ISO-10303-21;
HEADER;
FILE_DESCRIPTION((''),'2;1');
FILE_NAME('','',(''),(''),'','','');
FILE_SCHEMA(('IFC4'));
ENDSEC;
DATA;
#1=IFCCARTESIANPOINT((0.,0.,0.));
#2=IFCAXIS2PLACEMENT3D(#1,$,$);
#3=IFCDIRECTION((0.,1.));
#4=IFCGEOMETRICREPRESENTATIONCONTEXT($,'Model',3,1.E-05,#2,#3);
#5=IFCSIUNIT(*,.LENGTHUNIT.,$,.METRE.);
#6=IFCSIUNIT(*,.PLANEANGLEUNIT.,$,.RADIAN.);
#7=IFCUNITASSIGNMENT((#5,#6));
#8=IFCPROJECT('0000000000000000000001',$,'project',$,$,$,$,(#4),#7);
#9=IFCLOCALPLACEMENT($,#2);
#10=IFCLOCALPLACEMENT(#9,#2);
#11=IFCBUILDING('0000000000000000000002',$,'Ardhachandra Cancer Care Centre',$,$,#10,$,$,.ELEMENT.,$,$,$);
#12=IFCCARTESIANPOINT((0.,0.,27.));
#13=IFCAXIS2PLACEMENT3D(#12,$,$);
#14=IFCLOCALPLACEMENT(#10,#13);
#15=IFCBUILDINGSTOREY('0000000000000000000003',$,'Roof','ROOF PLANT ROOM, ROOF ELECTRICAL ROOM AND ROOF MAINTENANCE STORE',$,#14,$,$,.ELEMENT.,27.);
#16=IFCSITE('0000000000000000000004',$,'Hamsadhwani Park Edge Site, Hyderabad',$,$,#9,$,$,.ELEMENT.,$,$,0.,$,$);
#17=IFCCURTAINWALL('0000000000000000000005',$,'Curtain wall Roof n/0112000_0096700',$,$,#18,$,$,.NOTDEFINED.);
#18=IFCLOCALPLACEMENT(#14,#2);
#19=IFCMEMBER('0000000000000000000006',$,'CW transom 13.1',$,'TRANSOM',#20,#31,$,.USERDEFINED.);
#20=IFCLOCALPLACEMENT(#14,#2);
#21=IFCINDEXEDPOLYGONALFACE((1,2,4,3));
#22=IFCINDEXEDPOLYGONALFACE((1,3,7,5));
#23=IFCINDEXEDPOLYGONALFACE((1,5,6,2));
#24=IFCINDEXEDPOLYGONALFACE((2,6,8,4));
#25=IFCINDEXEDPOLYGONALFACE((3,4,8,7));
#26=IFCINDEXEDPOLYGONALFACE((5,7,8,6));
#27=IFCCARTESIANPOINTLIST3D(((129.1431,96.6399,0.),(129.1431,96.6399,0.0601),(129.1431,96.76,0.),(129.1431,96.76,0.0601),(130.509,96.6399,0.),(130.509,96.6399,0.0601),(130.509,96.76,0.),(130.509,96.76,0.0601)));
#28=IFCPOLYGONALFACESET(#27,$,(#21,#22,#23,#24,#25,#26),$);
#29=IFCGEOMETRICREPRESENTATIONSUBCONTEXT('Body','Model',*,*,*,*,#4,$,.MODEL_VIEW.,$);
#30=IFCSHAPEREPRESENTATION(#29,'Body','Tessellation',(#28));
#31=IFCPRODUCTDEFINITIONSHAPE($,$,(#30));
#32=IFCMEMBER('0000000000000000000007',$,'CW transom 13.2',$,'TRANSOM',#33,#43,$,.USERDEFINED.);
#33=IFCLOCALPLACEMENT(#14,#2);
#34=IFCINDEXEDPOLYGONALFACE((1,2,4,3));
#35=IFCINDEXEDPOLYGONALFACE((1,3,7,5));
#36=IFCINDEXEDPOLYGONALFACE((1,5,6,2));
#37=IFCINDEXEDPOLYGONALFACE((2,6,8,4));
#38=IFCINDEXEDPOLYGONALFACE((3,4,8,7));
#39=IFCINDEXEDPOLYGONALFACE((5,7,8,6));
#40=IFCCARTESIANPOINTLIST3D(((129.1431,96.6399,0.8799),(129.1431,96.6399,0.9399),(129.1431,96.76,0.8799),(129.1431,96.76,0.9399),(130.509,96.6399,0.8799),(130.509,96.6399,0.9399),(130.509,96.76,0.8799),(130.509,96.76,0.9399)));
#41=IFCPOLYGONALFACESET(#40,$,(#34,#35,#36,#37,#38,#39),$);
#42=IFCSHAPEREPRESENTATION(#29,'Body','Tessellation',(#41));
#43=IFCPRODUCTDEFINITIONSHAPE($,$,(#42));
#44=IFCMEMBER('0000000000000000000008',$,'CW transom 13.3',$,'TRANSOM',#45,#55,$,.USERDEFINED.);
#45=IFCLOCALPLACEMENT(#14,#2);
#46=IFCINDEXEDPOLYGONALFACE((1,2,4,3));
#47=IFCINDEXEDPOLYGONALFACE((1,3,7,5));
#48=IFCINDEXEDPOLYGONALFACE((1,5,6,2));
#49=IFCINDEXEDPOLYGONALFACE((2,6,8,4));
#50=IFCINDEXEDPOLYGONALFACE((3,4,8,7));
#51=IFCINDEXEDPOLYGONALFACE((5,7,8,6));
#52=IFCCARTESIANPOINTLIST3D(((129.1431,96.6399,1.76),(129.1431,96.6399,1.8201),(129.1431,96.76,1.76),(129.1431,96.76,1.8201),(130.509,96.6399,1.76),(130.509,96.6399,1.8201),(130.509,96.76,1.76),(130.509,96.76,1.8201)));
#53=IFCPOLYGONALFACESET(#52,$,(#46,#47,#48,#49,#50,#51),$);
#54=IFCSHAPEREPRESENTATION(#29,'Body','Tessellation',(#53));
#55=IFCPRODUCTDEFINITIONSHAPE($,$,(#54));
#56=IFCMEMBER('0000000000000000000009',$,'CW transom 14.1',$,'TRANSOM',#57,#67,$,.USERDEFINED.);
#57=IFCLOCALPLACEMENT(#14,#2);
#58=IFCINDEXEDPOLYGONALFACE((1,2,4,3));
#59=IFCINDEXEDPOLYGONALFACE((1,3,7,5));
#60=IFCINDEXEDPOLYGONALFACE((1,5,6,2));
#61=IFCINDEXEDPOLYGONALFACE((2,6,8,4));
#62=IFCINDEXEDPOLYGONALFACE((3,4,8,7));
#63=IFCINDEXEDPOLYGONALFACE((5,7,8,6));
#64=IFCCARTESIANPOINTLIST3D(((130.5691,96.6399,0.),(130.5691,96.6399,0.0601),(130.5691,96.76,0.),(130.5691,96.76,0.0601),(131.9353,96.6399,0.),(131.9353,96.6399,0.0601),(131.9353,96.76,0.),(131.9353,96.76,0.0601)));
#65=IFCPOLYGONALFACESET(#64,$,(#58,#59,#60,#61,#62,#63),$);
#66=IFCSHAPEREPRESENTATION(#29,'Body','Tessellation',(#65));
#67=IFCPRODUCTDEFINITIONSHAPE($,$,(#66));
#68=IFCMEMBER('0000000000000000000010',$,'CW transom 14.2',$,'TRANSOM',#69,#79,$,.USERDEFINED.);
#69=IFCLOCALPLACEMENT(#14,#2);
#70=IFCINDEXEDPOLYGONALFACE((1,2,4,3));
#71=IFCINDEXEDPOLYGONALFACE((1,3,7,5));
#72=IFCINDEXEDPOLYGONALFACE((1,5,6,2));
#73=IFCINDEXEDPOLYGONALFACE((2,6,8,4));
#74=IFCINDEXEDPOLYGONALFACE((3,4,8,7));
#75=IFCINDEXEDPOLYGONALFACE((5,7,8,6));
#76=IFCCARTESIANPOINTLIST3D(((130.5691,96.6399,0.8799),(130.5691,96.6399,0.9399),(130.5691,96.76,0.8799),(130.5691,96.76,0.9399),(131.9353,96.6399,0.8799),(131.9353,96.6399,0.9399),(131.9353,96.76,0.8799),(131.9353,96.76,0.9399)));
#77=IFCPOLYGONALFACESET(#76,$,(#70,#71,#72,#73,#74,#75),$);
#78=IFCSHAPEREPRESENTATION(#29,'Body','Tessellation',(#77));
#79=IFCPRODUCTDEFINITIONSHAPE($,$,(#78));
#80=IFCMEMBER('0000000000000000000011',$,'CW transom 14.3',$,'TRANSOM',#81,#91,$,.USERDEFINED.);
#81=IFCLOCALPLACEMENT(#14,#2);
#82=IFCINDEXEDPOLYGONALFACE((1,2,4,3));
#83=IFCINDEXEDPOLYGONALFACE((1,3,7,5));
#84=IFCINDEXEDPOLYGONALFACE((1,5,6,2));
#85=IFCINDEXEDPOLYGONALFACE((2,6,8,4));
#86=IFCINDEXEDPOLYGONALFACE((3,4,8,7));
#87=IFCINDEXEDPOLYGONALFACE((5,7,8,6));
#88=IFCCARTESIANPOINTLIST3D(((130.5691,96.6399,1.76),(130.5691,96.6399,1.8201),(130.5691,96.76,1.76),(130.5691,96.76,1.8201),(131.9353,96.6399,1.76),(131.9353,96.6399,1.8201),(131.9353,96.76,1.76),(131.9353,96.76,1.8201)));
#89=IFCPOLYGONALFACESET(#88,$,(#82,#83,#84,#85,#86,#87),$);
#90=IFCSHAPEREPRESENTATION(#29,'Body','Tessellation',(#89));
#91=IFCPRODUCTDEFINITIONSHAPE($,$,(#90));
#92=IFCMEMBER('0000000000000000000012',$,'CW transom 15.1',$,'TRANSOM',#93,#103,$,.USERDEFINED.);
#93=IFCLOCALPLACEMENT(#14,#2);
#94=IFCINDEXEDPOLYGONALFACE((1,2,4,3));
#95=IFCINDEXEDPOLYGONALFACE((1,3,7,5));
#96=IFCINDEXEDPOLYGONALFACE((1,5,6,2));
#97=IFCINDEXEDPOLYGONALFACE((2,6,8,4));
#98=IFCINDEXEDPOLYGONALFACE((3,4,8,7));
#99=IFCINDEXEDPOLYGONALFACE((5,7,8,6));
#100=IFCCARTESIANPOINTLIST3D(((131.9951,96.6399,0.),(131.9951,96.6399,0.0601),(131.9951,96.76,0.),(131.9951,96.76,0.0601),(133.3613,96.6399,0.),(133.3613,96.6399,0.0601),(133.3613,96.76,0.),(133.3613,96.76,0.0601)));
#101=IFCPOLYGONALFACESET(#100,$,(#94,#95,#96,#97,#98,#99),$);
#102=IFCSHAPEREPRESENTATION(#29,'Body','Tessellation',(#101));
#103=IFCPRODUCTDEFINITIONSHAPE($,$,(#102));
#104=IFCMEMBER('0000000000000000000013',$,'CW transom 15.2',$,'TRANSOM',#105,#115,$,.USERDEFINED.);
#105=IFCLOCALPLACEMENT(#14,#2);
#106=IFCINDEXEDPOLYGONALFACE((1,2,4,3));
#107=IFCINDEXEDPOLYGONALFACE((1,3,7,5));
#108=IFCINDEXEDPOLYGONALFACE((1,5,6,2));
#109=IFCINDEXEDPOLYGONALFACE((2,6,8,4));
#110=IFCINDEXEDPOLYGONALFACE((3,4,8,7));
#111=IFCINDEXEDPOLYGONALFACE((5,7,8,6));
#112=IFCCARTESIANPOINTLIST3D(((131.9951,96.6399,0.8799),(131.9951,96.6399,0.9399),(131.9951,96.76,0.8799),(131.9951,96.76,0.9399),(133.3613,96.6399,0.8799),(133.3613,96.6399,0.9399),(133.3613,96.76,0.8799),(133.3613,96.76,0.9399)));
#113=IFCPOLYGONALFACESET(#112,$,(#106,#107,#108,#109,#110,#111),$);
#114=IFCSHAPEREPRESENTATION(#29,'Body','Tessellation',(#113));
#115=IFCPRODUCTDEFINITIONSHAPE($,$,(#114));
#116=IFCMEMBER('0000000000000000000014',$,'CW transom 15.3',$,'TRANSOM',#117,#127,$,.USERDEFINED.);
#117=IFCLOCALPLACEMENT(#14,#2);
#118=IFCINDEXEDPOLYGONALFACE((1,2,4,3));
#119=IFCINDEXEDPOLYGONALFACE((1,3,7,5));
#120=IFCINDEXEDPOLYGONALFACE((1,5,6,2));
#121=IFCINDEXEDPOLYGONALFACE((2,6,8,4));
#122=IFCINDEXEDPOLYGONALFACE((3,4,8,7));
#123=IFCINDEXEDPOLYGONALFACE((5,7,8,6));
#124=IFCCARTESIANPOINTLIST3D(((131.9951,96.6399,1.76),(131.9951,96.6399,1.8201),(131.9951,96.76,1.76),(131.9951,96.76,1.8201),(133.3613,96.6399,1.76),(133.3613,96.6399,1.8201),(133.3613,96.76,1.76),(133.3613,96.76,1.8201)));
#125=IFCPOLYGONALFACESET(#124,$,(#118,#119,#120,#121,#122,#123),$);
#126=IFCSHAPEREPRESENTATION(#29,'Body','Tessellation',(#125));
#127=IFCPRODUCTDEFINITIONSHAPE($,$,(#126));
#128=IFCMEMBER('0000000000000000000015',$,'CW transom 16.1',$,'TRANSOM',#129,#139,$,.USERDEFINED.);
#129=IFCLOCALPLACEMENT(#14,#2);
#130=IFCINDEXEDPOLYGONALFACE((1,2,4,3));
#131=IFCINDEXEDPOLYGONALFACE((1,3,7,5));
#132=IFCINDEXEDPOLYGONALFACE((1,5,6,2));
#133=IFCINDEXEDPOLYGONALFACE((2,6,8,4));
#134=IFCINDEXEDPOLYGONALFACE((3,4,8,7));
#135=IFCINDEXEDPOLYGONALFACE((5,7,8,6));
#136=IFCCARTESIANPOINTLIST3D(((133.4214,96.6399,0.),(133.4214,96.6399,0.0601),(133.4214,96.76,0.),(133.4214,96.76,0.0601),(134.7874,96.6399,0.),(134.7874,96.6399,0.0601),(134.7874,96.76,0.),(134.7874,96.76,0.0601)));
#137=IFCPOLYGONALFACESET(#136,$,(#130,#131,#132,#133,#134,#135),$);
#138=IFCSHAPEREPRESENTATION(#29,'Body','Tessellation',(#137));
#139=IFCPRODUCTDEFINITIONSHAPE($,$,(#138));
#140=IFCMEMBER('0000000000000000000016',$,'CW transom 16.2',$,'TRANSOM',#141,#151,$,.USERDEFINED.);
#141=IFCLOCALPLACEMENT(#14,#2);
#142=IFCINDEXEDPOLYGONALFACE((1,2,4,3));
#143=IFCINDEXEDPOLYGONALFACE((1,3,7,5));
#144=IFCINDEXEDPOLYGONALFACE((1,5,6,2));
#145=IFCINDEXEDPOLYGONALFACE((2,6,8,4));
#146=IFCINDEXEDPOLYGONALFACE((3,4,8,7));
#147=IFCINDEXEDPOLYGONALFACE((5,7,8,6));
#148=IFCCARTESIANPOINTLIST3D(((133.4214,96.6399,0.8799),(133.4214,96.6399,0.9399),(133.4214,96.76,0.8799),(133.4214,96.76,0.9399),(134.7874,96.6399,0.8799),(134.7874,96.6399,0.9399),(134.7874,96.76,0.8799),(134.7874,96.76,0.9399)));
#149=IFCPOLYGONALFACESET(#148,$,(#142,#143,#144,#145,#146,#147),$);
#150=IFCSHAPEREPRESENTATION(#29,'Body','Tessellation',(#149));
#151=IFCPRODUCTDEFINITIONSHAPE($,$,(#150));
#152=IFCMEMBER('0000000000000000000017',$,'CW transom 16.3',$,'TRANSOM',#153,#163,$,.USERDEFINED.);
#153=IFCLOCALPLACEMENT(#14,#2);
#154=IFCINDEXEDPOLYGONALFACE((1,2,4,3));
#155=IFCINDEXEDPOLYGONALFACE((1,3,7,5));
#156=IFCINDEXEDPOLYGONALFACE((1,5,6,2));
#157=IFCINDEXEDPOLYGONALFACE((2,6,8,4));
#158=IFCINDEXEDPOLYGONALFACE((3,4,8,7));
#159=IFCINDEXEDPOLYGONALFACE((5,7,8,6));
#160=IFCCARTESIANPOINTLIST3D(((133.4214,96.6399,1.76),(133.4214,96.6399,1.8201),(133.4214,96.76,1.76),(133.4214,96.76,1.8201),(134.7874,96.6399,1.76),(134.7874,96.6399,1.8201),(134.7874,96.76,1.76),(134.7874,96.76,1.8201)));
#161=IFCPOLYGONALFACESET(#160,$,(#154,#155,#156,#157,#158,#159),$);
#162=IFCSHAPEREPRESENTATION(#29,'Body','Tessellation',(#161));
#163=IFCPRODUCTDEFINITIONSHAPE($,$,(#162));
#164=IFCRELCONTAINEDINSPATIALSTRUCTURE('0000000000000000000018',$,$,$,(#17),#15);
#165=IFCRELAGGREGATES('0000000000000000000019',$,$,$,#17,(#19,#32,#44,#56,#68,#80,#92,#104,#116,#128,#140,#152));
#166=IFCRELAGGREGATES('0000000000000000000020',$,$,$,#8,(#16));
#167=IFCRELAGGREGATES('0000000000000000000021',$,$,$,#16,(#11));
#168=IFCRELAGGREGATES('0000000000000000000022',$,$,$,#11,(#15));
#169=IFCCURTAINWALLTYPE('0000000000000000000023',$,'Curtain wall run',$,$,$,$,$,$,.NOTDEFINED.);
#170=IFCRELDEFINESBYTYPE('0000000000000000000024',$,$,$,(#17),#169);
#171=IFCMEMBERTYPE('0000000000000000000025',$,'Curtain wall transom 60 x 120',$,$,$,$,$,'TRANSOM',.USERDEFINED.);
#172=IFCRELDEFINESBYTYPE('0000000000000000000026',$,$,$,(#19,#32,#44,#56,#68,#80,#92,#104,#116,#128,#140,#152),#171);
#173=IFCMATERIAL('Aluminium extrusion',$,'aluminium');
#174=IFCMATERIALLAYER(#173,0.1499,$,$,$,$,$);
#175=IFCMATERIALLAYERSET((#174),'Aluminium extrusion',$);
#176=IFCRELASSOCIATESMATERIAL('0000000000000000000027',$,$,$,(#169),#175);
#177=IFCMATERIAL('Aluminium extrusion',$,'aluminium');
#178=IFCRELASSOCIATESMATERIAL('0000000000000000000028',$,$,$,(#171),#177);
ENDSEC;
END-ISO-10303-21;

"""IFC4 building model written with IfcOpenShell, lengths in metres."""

from ifc_helpers import new_model, si_unit, direction, frame, origin, origin_2d, place, context, subcontext, project, spatial, rectangle, extrude, material, layer, layer_set, material_profile, profile_set, type_object, element, aggregate, save


model = new_model("IFC4")

# Units and contexts
model_context = context("Model", 3, precision=1e-05, world=origin(), true_north=direction((0.0, 1.0)))
body_context = subcontext(model_context, "Body", "Model", "MODEL_VIEW")
ifc_project = project(units=[si_unit("LENGTHUNIT", "METRE"), si_unit("PLANEANGLEUNIT", "RADIAN")], contexts=[model_context])

# Site, building, storey
site_placement = place(None, origin())
site = spatial("IfcSite", under=ifc_project, at=site_placement, Name="Hamsadhwani Park Edge Site, Hyderabad", CompositionType="ELEMENT", RefElevation=0.0)
building_placement = place(site_placement, origin())
building = spatial("IfcBuilding", under=site, at=building_placement, Name="Ardhachandra Cancer Care Centre", CompositionType="ELEMENT")
storey_placement = place(building_placement, frame((0.0, 0.0, 27.0)))
storey = spatial("IfcBuildingStorey", under=building, at=storey_placement, Name="Roof", Description="ROOF PLANT ROOM, ROOF ELECTRICAL ROOM AND ROOF MAINTENANCE STORE", CompositionType="ELEMENT", Elevation=27.0)

# Curtain wall
ifc_material_1 = material(Name="Aluminium extrusion", Category="aluminium")
ifc_layer_1 = layer(ifc_material_1, 0.1499)
ifc_layer_set_1 = layer_set([ifc_layer_1], Name="Aluminium extrusion")
curtain_wall_type = type_object("IfcCurtainWallType", Name="Curtain wall run", PredefinedType="NOTDEFINED", material=ifc_layer_set_1)
curtain_wall_1_placement = place(storey_placement, origin())
curtain_wall_1 = element("IfcCurtainWall", 1, at=curtain_wall_1_placement, inside=storey, type_object=curtain_wall_type, Name="Curtain wall Roof n/0112000_0096700", PredefinedType="NOTDEFINED")
ifc_material_2 = material(Name="Aluminium extrusion", Category="aluminium")
ifc_material_profile_1 = material_profile(ifc_material_2, rectangle(XDim=0.1201, YDim=0.0601, at=origin_2d()), Name="Curtain wall transom 60 x 120")
ifc_profile_set_1 = profile_set([ifc_material_profile_1], Name="Aluminium extrusion")
member_type_1 = type_object("IfcMemberType", Name="Curtain wall transom 60 x 120", ElementType="TRANSOM", PredefinedType="USERDEFINED", material=ifc_profile_set_1)

# Members
member_1_placement = place(storey_placement, frame((129.1431, 96.7, 0.03), z_axis=(1.0, 0.0, 0.0), x_axis=(0.0, 1.0, 0.0)))
member_1 = element("IfcMember", 2, at=member_1_placement, type_object=member_type_1, Name="CW transom 13.1", ObjectType="TRANSOM", PredefinedType="USERDEFINED", context=body_context, shape_type="SweptSolid", body=[
    extrude(rectangle(XDim=0.1201, YDim=0.0601, at=origin_2d()), origin(), (0.0, 0.0, 1.0), 1.366),
])
member_2_placement = place(storey_placement, frame((129.1431, 96.7, 0.9099), z_axis=(1.0, 0.0, 0.0), x_axis=(0.0, 1.0, 0.0)))
member_2 = element("IfcMember", 3, at=member_2_placement, type_object=member_type_1, Name="CW transom 13.2", ObjectType="TRANSOM", PredefinedType="USERDEFINED", context=body_context, shape_type="SweptSolid", body=[
    extrude(rectangle(XDim=0.1201, YDim=0.0601, at=origin_2d()), origin(), (0.0, 0.0, 1.0), 1.366),
])
member_3_placement = place(storey_placement, frame((129.1431, 96.7, 1.79), z_axis=(1.0, 0.0, 0.0), x_axis=(0.0, 1.0, 0.0)))
member_3 = element("IfcMember", 4, at=member_3_placement, type_object=member_type_1, Name="CW transom 13.3", ObjectType="TRANSOM", PredefinedType="USERDEFINED", context=body_context, shape_type="SweptSolid", body=[
    extrude(rectangle(XDim=0.1201, YDim=0.0601, at=origin_2d()), origin(), (0.0, 0.0, 1.0), 1.366),
])
member_4_placement = place(storey_placement, frame((130.5691, 96.7, 0.03), z_axis=(1.0, 0.0, 0.0), x_axis=(0.0, 1.0, 0.0)))
member_4 = element("IfcMember", 5, at=member_4_placement, type_object=member_type_1, Name="CW transom 14.1", ObjectType="TRANSOM", PredefinedType="USERDEFINED", context=body_context, shape_type="SweptSolid", body=[
    extrude(rectangle(XDim=0.1201, YDim=0.0601, at=origin_2d()), origin(), (0.0, 0.0, 1.0), 1.3662),
])
member_5_placement = place(storey_placement, frame((130.5691, 96.7, 0.9099), z_axis=(1.0, 0.0, 0.0), x_axis=(0.0, 1.0, 0.0)))
member_5 = element("IfcMember", 6, at=member_5_placement, type_object=member_type_1, Name="CW transom 14.2", ObjectType="TRANSOM", PredefinedType="USERDEFINED", context=body_context, shape_type="SweptSolid", body=[
    extrude(rectangle(XDim=0.1201, YDim=0.0601, at=origin_2d()), origin(), (0.0, 0.0, 1.0), 1.3662),
])
member_6_placement = place(storey_placement, frame((130.5691, 96.7, 1.79), z_axis=(1.0, 0.0, 0.0), x_axis=(0.0, 1.0, 0.0)))
member_6 = element("IfcMember", 7, at=member_6_placement, type_object=member_type_1, Name="CW transom 14.3", ObjectType="TRANSOM", PredefinedType="USERDEFINED", context=body_context, shape_type="SweptSolid", body=[
    extrude(rectangle(XDim=0.1201, YDim=0.0601, at=origin_2d()), origin(), (0.0, 0.0, 1.0), 1.3662),
])
member_7_placement = place(storey_placement, frame((131.9951, 96.7, 0.03), z_axis=(1.0, 0.0, 0.0), x_axis=(0.0, 1.0, 0.0)))
member_7 = element("IfcMember", 8, at=member_7_placement, type_object=member_type_1, Name="CW transom 15.1", ObjectType="TRANSOM", PredefinedType="USERDEFINED", context=body_context, shape_type="SweptSolid", body=[
    extrude(rectangle(XDim=0.1201, YDim=0.0601, at=origin_2d()), origin(), (0.0, 0.0, 1.0), 1.3662),
])
member_8_placement = place(storey_placement, frame((131.9951, 96.7, 0.9099), z_axis=(1.0, 0.0, 0.0), x_axis=(0.0, 1.0, 0.0)))
member_8 = element("IfcMember", 9, at=member_8_placement, type_object=member_type_1, Name="CW transom 15.2", ObjectType="TRANSOM", PredefinedType="USERDEFINED", context=body_context, shape_type="SweptSolid", body=[
    extrude(rectangle(XDim=0.1201, YDim=0.0601, at=origin_2d()), origin(), (0.0, 0.0, 1.0), 1.3662),
])
member_9_placement = place(storey_placement, frame((131.9951, 96.7, 1.79), z_axis=(1.0, 0.0, 0.0), x_axis=(0.0, 1.0, 0.0)))
member_9 = element("IfcMember", 10, at=member_9_placement, type_object=member_type_1, Name="CW transom 15.3", ObjectType="TRANSOM", PredefinedType="USERDEFINED", context=body_context, shape_type="SweptSolid", body=[
    extrude(rectangle(XDim=0.1201, YDim=0.0601, at=origin_2d()), origin(), (0.0, 0.0, 1.0), 1.3662),
])
member_10_placement = place(storey_placement, frame((133.4214, 96.7, 0.03), z_axis=(1.0, 0.0, 0.0), x_axis=(0.0, 1.0, 0.0)))
member_10 = element("IfcMember", 11, at=member_10_placement, type_object=member_type_1, Name="CW transom 16.1", ObjectType="TRANSOM", PredefinedType="USERDEFINED", context=body_context, shape_type="SweptSolid", body=[
    extrude(rectangle(XDim=0.1201, YDim=0.0601, at=origin_2d()), origin(), (0.0, 0.0, 1.0), 1.366),
])
member_11_placement = place(storey_placement, frame((133.4214, 96.7, 0.9099), z_axis=(1.0, 0.0, 0.0), x_axis=(0.0, 1.0, 0.0)))
member_11 = element("IfcMember", 12, at=member_11_placement, type_object=member_type_1, Name="CW transom 16.2", ObjectType="TRANSOM", PredefinedType="USERDEFINED", context=body_context, shape_type="SweptSolid", body=[
    extrude(rectangle(XDim=0.1201, YDim=0.0601, at=origin_2d()), origin(), (0.0, 0.0, 1.0), 1.366),
])
member_12_placement = place(storey_placement, frame((133.4214, 96.7, 1.79), z_axis=(1.0, 0.0, 0.0), x_axis=(0.0, 1.0, 0.0)))
member_12 = element("IfcMember", 13, at=member_12_placement, type_object=member_type_1, Name="CW transom 16.3", ObjectType="TRANSOM", PredefinedType="USERDEFINED", context=body_context, shape_type="SweptSolid", body=[
    extrude(rectangle(XDim=0.1201, YDim=0.0601, at=origin_2d()), origin(), (0.0, 0.0, 1.0), 1.366),
])

aggregate(curtain_wall_1, [member_1, member_2, member_3, member_4, member_5, member_6, member_7, member_8, member_9, member_10, member_11, member_12])

save(model, "model.ifc")
